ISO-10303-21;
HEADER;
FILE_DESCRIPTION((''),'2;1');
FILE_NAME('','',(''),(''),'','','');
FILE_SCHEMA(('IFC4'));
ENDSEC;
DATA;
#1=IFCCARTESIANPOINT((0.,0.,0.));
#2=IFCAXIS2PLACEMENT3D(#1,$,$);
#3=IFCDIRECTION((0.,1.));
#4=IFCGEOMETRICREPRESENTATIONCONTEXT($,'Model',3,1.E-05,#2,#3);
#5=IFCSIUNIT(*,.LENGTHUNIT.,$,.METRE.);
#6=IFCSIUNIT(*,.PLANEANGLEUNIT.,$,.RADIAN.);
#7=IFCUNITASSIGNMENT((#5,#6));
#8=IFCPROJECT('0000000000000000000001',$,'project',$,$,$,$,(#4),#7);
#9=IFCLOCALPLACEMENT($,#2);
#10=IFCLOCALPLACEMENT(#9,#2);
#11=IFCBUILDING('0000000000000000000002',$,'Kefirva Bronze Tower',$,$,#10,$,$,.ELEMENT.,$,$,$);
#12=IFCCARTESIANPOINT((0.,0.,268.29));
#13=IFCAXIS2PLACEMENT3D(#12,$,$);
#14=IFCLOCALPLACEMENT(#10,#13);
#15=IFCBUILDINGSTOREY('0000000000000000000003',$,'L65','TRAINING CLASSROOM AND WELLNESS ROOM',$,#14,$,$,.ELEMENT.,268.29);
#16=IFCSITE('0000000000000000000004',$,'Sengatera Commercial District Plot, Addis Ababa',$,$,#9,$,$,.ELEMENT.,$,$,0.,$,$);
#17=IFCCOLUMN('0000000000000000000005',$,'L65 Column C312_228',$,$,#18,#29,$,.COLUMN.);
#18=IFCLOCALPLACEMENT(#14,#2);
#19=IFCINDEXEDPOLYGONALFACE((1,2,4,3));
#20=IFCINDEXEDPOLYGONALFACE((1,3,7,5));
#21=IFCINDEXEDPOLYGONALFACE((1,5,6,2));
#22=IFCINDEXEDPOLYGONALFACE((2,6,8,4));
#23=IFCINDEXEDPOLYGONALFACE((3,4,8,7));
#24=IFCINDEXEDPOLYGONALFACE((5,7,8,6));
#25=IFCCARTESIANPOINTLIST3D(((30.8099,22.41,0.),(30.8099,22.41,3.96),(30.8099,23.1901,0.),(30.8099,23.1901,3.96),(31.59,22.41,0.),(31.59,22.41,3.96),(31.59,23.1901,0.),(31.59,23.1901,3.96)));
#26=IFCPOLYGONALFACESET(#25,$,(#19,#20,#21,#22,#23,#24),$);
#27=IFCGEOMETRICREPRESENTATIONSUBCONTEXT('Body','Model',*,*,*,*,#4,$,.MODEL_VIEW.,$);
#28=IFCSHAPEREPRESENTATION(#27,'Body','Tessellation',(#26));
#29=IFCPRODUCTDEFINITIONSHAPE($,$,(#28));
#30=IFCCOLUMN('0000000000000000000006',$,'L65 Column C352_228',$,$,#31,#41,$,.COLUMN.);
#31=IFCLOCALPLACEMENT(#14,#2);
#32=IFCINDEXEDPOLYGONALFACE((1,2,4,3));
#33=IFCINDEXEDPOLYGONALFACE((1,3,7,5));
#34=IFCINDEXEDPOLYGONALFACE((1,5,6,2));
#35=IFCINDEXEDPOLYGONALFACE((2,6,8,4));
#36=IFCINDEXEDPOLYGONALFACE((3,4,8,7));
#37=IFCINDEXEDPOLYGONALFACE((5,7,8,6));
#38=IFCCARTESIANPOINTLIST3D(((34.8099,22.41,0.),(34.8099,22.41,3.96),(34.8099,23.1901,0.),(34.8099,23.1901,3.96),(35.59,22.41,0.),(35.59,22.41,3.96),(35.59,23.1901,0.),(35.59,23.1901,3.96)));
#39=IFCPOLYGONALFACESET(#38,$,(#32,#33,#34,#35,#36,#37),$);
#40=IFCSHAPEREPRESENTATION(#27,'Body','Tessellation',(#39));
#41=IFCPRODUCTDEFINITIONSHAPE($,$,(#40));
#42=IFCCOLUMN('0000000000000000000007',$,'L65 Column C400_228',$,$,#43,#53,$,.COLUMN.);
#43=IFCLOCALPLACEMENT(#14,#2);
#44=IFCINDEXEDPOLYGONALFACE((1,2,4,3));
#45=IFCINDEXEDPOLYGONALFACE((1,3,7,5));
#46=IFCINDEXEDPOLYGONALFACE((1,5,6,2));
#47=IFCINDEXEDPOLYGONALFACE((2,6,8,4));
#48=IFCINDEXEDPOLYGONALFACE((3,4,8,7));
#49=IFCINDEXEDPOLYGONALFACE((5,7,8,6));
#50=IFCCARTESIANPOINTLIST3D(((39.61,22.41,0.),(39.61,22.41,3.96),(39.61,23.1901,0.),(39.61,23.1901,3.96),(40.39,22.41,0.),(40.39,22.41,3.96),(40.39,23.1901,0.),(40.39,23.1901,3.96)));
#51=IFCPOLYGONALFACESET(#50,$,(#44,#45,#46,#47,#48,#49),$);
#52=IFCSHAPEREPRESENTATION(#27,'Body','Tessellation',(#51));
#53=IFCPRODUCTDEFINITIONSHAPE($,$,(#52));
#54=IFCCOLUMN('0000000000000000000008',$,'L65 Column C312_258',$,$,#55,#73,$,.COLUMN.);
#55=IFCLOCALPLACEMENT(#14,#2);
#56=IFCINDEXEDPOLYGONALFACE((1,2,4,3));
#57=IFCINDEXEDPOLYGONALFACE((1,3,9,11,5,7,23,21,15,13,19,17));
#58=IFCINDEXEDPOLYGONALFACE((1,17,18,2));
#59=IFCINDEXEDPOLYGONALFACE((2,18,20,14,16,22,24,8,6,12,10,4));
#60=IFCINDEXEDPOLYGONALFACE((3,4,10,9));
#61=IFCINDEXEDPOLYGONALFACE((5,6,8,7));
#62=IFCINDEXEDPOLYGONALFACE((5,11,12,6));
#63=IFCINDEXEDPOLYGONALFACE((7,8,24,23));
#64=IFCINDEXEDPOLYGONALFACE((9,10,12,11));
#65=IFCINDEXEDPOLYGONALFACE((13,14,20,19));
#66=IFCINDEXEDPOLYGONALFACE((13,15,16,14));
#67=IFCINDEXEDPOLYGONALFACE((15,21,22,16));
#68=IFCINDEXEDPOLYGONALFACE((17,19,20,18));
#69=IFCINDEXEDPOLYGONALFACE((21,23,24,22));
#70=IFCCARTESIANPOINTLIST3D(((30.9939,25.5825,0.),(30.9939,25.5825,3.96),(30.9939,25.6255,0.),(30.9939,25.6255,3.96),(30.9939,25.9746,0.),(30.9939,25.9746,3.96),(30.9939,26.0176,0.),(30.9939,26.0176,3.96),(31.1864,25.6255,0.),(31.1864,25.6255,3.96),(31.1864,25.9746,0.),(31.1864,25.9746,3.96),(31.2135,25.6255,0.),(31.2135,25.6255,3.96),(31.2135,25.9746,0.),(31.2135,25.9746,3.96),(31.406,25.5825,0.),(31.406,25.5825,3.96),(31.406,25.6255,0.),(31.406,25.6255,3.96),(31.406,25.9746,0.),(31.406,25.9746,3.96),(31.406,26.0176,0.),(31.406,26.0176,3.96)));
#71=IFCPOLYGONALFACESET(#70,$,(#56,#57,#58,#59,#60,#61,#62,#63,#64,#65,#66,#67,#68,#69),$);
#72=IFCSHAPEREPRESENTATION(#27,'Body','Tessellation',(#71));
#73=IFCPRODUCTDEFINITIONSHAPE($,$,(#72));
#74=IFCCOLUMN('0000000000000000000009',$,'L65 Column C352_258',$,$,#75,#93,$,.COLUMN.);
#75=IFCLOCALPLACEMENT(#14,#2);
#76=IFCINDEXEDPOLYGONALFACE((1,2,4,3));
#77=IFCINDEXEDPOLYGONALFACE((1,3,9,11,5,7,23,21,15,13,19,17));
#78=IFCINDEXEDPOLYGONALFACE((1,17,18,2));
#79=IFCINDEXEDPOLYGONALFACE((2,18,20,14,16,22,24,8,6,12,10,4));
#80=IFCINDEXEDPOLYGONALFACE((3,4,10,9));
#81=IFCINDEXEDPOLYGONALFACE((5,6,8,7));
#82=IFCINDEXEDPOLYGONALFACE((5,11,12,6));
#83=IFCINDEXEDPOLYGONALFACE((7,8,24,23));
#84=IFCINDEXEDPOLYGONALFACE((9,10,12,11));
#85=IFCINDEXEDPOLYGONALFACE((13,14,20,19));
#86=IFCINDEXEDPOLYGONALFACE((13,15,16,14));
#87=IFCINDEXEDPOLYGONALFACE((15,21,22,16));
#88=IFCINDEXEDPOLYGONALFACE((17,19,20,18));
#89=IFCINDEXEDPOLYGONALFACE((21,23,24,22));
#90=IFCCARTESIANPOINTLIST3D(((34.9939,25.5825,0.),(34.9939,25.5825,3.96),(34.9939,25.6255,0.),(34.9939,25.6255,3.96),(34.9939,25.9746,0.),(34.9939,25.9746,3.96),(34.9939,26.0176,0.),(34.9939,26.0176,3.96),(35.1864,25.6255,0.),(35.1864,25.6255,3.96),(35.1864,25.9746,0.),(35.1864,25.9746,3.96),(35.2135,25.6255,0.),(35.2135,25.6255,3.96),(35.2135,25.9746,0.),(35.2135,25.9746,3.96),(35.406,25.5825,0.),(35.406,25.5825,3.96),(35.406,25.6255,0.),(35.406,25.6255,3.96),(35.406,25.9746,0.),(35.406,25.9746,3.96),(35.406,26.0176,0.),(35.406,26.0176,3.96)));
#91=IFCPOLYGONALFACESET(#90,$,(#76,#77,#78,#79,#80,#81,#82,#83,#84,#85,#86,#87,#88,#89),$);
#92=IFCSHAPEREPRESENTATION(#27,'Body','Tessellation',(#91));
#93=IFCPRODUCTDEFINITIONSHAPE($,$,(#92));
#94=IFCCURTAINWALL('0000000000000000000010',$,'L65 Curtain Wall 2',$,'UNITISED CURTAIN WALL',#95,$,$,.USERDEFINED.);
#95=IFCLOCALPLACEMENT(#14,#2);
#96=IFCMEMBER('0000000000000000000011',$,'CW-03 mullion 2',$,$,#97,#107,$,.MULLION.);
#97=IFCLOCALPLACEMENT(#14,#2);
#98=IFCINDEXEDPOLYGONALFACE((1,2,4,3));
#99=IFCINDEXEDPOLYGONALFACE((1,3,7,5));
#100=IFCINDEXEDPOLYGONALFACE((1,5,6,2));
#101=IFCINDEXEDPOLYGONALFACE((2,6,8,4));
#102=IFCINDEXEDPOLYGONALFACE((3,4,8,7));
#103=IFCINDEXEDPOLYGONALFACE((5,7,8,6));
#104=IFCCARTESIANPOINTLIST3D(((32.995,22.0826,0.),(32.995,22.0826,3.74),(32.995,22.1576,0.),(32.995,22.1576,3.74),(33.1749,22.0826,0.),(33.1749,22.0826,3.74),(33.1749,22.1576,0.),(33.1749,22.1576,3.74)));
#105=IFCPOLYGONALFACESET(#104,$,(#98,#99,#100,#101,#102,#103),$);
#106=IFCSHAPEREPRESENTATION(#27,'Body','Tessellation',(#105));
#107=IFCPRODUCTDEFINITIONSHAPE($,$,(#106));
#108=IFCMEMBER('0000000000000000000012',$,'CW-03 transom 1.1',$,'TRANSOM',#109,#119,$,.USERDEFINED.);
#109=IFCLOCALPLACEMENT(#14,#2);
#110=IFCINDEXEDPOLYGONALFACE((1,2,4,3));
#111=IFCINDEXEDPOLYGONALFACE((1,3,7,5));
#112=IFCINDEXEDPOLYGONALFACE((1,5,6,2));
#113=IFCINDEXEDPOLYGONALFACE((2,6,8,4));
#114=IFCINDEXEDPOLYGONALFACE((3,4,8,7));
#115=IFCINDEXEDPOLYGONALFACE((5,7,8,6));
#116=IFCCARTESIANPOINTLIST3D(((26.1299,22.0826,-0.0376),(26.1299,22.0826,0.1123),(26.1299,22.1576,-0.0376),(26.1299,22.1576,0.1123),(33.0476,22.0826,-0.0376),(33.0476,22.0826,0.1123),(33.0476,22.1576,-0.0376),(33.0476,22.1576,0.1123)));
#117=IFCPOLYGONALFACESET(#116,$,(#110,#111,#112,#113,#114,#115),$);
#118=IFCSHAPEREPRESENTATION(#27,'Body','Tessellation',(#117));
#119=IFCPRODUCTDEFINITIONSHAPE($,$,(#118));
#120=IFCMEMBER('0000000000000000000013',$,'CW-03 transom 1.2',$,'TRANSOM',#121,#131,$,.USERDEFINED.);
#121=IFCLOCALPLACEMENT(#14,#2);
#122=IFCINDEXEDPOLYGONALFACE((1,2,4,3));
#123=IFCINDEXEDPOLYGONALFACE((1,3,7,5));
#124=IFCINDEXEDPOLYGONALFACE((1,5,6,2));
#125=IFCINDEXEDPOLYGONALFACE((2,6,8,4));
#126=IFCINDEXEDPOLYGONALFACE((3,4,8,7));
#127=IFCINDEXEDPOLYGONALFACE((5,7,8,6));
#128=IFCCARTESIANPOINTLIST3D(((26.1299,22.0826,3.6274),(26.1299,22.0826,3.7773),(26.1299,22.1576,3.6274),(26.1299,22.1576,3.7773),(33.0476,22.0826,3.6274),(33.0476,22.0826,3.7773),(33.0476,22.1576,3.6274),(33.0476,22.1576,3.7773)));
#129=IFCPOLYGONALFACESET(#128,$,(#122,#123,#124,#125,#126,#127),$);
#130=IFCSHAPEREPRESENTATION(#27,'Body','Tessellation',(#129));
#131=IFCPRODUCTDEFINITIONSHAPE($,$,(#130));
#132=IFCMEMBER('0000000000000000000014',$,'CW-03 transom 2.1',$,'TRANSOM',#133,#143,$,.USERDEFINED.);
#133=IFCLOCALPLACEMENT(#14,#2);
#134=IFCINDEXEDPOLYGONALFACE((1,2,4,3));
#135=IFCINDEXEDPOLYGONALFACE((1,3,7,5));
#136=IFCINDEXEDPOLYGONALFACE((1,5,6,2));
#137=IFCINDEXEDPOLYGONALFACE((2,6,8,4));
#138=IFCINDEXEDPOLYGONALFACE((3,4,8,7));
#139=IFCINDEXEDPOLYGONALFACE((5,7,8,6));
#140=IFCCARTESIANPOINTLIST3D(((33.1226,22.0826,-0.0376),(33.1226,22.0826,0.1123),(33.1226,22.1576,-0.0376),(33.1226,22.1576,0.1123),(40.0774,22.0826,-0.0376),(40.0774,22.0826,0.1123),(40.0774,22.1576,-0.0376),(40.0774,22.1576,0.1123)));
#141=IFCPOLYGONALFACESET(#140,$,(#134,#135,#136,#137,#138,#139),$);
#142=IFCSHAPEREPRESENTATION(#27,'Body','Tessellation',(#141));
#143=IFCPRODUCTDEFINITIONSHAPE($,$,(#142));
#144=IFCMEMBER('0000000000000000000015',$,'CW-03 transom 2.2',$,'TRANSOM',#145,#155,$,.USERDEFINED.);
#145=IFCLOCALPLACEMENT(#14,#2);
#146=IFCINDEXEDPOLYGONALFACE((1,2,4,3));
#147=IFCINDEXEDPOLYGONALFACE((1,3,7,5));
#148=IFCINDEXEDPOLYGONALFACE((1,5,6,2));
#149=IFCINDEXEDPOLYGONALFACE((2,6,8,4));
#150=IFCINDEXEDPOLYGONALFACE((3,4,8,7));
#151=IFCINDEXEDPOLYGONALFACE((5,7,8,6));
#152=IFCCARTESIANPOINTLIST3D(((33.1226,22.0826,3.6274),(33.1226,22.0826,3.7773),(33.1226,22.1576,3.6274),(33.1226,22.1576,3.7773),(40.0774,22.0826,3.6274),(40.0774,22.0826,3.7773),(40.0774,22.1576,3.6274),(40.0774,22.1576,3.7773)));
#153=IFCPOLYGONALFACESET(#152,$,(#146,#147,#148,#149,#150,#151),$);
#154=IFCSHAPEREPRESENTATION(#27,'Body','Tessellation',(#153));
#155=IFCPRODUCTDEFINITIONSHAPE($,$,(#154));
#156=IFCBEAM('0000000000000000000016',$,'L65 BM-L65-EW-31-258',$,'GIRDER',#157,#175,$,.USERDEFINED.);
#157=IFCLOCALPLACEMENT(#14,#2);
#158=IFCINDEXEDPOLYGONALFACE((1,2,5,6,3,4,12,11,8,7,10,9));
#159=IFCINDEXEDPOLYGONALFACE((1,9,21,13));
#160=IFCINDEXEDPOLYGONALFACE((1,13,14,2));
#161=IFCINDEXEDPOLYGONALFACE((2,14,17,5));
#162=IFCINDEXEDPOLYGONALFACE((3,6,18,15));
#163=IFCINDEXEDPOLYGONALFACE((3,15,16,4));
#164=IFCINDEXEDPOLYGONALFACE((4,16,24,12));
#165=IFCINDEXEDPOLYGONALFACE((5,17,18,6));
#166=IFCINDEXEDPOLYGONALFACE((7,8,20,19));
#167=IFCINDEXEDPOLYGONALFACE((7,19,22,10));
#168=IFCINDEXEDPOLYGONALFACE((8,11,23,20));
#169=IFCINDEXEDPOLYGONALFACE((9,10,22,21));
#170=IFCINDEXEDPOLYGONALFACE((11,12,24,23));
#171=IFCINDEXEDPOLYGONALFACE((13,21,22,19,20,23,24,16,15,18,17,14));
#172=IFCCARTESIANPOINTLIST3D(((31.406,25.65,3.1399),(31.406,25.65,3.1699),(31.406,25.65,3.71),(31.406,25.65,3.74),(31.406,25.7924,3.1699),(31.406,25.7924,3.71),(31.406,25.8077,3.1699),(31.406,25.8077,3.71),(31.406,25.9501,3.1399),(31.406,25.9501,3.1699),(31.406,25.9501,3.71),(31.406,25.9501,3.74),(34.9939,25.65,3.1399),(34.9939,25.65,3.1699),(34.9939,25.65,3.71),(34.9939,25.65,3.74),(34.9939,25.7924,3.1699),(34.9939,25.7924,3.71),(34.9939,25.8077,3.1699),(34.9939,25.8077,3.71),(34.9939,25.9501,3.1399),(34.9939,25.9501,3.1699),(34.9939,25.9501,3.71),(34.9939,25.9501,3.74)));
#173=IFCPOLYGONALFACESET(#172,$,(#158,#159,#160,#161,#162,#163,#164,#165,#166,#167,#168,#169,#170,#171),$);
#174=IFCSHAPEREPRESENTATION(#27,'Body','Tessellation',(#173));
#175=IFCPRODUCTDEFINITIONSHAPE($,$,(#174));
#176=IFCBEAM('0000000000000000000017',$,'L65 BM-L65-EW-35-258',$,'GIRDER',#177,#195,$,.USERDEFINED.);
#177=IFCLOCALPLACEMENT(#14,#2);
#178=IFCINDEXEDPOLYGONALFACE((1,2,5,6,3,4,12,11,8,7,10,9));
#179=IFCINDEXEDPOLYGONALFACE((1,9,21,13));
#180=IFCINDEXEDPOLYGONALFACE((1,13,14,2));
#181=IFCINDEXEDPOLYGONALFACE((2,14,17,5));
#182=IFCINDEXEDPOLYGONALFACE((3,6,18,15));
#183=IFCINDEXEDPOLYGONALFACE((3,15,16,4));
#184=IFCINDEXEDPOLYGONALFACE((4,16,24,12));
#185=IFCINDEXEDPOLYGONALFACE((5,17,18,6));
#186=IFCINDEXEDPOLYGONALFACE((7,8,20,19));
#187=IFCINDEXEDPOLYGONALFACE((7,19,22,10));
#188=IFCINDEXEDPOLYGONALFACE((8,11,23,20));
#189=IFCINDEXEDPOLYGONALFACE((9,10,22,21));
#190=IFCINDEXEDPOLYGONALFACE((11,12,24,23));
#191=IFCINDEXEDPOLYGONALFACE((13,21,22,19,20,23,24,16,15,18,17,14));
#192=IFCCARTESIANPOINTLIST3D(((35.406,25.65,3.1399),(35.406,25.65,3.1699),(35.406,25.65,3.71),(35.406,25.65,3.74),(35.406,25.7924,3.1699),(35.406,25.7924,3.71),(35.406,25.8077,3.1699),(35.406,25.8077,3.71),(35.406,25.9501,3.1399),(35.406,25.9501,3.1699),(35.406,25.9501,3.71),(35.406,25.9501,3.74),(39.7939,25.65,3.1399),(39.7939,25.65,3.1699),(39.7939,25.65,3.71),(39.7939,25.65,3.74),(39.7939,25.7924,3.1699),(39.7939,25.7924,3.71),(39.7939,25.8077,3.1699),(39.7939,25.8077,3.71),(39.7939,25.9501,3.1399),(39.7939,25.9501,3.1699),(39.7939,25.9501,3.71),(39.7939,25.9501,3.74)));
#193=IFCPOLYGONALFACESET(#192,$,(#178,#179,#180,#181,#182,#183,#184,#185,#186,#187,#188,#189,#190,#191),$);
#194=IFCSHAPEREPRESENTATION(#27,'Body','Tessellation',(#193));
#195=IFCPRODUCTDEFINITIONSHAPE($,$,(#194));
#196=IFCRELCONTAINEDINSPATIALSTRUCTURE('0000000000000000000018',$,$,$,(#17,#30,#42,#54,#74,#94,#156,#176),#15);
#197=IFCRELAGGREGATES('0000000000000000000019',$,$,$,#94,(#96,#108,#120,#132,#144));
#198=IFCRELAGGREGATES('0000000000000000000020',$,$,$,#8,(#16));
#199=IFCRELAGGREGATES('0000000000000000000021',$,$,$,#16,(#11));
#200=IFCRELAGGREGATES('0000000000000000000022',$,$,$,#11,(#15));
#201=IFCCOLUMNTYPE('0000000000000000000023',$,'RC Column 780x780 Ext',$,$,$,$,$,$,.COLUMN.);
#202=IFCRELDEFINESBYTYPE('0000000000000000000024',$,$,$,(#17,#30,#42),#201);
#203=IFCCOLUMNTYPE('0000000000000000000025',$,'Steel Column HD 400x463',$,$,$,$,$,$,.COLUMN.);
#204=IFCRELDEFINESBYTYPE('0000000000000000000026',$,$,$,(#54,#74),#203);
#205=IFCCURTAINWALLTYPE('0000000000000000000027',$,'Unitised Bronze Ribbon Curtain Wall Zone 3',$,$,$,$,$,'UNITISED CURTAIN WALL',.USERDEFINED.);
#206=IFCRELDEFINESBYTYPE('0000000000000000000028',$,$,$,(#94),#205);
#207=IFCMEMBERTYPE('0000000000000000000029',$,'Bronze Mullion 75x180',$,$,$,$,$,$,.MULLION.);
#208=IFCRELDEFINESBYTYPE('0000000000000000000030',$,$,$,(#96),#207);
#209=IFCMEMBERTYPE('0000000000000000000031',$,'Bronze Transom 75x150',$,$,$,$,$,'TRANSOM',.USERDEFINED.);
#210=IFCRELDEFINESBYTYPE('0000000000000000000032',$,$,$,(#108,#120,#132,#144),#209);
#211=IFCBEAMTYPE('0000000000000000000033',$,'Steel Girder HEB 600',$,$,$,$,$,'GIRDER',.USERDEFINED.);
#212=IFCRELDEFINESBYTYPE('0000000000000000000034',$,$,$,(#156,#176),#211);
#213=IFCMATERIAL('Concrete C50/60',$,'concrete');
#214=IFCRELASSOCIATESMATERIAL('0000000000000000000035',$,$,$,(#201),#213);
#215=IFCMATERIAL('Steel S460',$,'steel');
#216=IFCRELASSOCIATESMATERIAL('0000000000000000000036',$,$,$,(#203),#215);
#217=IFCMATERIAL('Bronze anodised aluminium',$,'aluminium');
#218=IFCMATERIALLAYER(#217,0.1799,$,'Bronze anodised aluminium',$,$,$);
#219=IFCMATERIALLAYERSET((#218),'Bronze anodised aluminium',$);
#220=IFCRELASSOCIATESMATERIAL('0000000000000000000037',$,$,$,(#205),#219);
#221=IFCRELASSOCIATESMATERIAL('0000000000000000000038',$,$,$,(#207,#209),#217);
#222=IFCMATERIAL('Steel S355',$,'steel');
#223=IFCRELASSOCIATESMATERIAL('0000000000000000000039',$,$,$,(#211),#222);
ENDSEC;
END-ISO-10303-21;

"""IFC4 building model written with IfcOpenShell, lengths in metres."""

from ifc_helpers import new_model, si_unit, direction, frame, origin, origin_2d, place, context, subcontext, project, spatial, rectangle, i_section, extrude, material, layer, layer_set, material_profile, profile_set, type_object, element, aggregate, save


model = new_model("IFC4")

# Units and contexts
model_context = context("Model", 3, precision=1e-05, world=origin(), true_north=direction((0.0, 1.0)))
body_context = subcontext(model_context, "Body", "Model", "MODEL_VIEW")
ifc_project = project(units=[si_unit("LENGTHUNIT", "METRE"), si_unit("PLANEANGLEUNIT", "RADIAN")], contexts=[model_context])

# Site, building, storey
site_placement = place(None, origin())
site = spatial("IfcSite", under=ifc_project, at=site_placement, Name="Sengatera Commercial District Plot, Addis Ababa", CompositionType="ELEMENT", RefElevation=0.0)
building_placement = place(site_placement, origin())
building = spatial("IfcBuilding", under=site, at=building_placement, Name="Kefirva Bronze Tower", CompositionType="ELEMENT")
storey_placement = place(building_placement, frame((0.0, 0.0, 268.29)))
storey = spatial("IfcBuildingStorey", under=building, at=storey_placement, Name="L65", Description="TRAINING CLASSROOM AND WELLNESS ROOM", CompositionType="ELEMENT", Elevation=268.29)

# Columns
ifc_material_1 = material(Name="Concrete C50/60", Category="concrete")
ifc_material_profile_1 = material_profile(ifc_material_1, rectangle(XDim=0.78, YDim=0.78, at=origin_2d()), Name="RC 780x780")
ifc_profile_set_1 = profile_set([ifc_material_profile_1], Name="Concrete C50/60")
column_type_1 = type_object("IfcColumnType", Name="RC Column 780x780 Ext", PredefinedType="COLUMN", material=ifc_profile_set_1)
for number, where, z_axis, x_axis, name in (
    (1, (31.2, 22.8, 0.0), (0.0, 0.0, 1.0), (1.0, 0.0, 0.0), "L65 Column C312_228"),
    (2, (35.2, 22.8, 0.0), (0.0, 0.0, 1.0), (1.0, 0.0, 0.0), "L65 Column C352_228"),
    (3, (40.0, 22.8, 0.0), (0.0, 0.0, 1.0), (1.0, 0.0, 0.0), "L65 Column C400_228"),
):
    element("IfcColumn", number, at=place(storey_placement, frame(where, z_axis=z_axis, x_axis=x_axis)), inside=storey, type_object=column_type_1, Name=name, PredefinedType="COLUMN", context=body_context, shape_type="SweptSolid", body=[
        extrude(rectangle(XDim=0.78, YDim=0.78, at=origin_2d()), origin(), (0.0, 0.0, 1.0), 3.96),
    ])
ifc_material_2 = material(Name="Steel S460", Category="steel")
ifc_material_profile_2 = material_profile(ifc_material_2, i_section(OverallWidth=0.4121, OverallDepth=0.4351, WebThickness=0.0271, FlangeThickness=0.043, at=origin_2d()), Name="HD 400x463")
ifc_profile_set_2 = profile_set([ifc_material_profile_2], Name="Steel S460")
column_type_2 = type_object("IfcColumnType", Name="Steel Column HD 400x463", PredefinedType="COLUMN", material=ifc_profile_set_2)
for number, where, z_axis, x_axis, name in (
    (4, (31.2, 25.8, 0.0), (0.0, 0.0, 1.0), (1.0, 0.0, 0.0), "L65 Column C312_258"),
    (5, (35.2, 25.8, 0.0), (0.0, 0.0, 1.0), (1.0, 0.0, 0.0), "L65 Column C352_258"),
):
    element("IfcColumn", number, at=place(storey_placement, frame(where, z_axis=z_axis, x_axis=x_axis)), inside=storey, type_object=column_type_2, Name=name, PredefinedType="COLUMN", context=body_context, shape_type="SweptSolid", body=[
        extrude(i_section(OverallWidth=0.4121, OverallDepth=0.4351, WebThickness=0.0271, FlangeThickness=0.043, at=origin_2d()), origin(), (0.0, 0.0, 1.0), 3.96),
    ])

# Curtain wall, members
ifc_material_3 = material(Name="Bronze anodised aluminium", Category="aluminium")
ifc_layer_1 = layer(ifc_material_3, 0.1799, Name="Bronze anodised aluminium")
ifc_layer_set_1 = layer_set([ifc_layer_1], Name="Bronze anodised aluminium")
curtain_wall_type = type_object("IfcCurtainWallType", Name="Unitised Bronze Ribbon Curtain Wall Zone 3", ElementType="UNITISED CURTAIN WALL", PredefinedType="USERDEFINED", material=ifc_layer_set_1)
curtain_wall_placement = place(storey_placement, origin())
curtain_wall = element("IfcCurtainWall", 6, at=curtain_wall_placement, inside=storey, type_object=curtain_wall_type, Name="L65 Curtain Wall 2", ObjectType="UNITISED CURTAIN WALL", PredefinedType="USERDEFINED")
ifc_material_profile_3 = material_profile(ifc_material_3, rectangle(XDim=0.075, YDim=0.1799, at=origin_2d()), Name="ALU 75x180")
ifc_profile_set_3 = profile_set([ifc_material_profile_3], Name="Bronze anodised aluminium")
member_type_1 = type_object("IfcMemberType", Name="Bronze Mullion 75x180", PredefinedType="MULLION", material=ifc_profile_set_3)
member_1_placement = place(storey_placement, frame((33.085, 22.1201, 0.0), z_axis=(0.0, 0.0, 1.0), x_axis=(0.0, 1.0, 0.0)))
member_1 = element("IfcMember", 7, at=member_1_placement, type_object=member_type_1, Name="CW-03 mullion 2", PredefinedType="MULLION", context=body_context, shape_type="SweptSolid", body=[
    extrude(rectangle(XDim=0.075, YDim=0.1799, at=origin_2d()), origin(), (0.0, 0.0, 1.0), 3.74),
])
ifc_material_profile_4 = material_profile(ifc_material_3, rectangle(XDim=0.075, YDim=0.1499, at=origin_2d()), Name="ALU 75x150")
ifc_profile_set_4 = profile_set([ifc_material_profile_4], Name="Bronze anodised aluminium")
member_type_2 = type_object("IfcMemberType", Name="Bronze Transom 75x150", ElementType="TRANSOM", PredefinedType="USERDEFINED", material=ifc_profile_set_4)
member_2_placement = place(storey_placement, frame((26.1299, 22.1201, 0.0374), z_axis=(1.0, 0.0, 0.0), x_axis=(0.0, 1.0, 0.0)))
member_2 = element("IfcMember", 8, at=member_2_placement, type_object=member_type_2, Name="CW-03 transom 1.1", ObjectType="TRANSOM", PredefinedType="USERDEFINED", context=body_context, shape_type="SweptSolid", body=[
    extrude(rectangle(XDim=0.075, YDim=0.1499, at=origin_2d()), origin(), (0.0, 0.0, 1.0), 6.9177),
])
member_3_placement = place(storey_placement, frame((26.1299, 22.1201, 3.7024), z_axis=(1.0, 0.0, 0.0), x_axis=(0.0, 1.0, 0.0)))
member_3 = element("IfcMember", 9, at=member_3_placement, type_object=member_type_2, Name="CW-03 transom 1.2", ObjectType="TRANSOM", PredefinedType="USERDEFINED", context=body_context, shape_type="SweptSolid", body=[
    extrude(rectangle(XDim=0.075, YDim=0.1499, at=origin_2d()), origin(), (0.0, 0.0, 1.0), 6.9177),
])
member_4_placement = place(storey_placement, frame((33.1226, 22.1201, 0.0374), z_axis=(1.0, 0.0, 0.0), x_axis=(0.0, 1.0, 0.0)))
member_4 = element("IfcMember", 10, at=member_4_placement, type_object=member_type_2, Name="CW-03 transom 2.1", ObjectType="TRANSOM", PredefinedType="USERDEFINED", context=body_context, shape_type="SweptSolid", body=[
    extrude(rectangle(XDim=0.075, YDim=0.1499, at=origin_2d()), origin(), (0.0, 0.0, 1.0), 6.9548),
])
member_5_placement = place(storey_placement, frame((33.1226, 22.1201, 3.7024), z_axis=(1.0, 0.0, 0.0), x_axis=(0.0, 1.0, 0.0)))
member_5 = element("IfcMember", 11, at=member_5_placement, type_object=member_type_2, Name="CW-03 transom 2.2", ObjectType="TRANSOM", PredefinedType="USERDEFINED", context=body_context, shape_type="SweptSolid", body=[
    extrude(rectangle(XDim=0.075, YDim=0.1499, at=origin_2d()), origin(), (0.0, 0.0, 1.0), 6.9548),
])

# Beams
ifc_material_4 = material(Name="Steel S355", Category="steel")
ifc_material_profile_5 = material_profile(ifc_material_4, i_section(OverallWidth=0.3, OverallDepth=0.6001, WebThickness=0.0154, FlangeThickness=0.03, at=origin_2d()), Name="HEB 600")
ifc_profile_set_5 = profile_set([ifc_material_profile_5], Name="Steel S355")
beam_type = type_object("IfcBeamType", Name="Steel Girder HEB 600", ElementType="GIRDER", PredefinedType="USERDEFINED", material=ifc_profile_set_5)
beam_1_placement = place(storey_placement, frame((31.406, 25.8, 3.4399), z_axis=(1.0, 0.0, 0.0), x_axis=(0.0, 1.0, 0.0)))
element("IfcBeam", 12, at=beam_1_placement, inside=storey, type_object=beam_type, Name="L65 BM-L65-EW-31-258", ObjectType="GIRDER", PredefinedType="USERDEFINED", context=body_context, shape_type="SweptSolid", body=[
    extrude(i_section(OverallWidth=0.3, OverallDepth=0.6001, WebThickness=0.0154, FlangeThickness=0.03, at=origin_2d()), origin(), (0.0, 0.0, 1.0), 3.5879),
])
beam_2_placement = place(storey_placement, frame((35.406, 25.8, 3.4399), z_axis=(1.0, 0.0, 0.0), x_axis=(0.0, 1.0, 0.0)))
element("IfcBeam", 13, at=beam_2_placement, inside=storey, type_object=beam_type, Name="L65 BM-L65-EW-35-258", ObjectType="GIRDER", PredefinedType="USERDEFINED", context=body_context, shape_type="SweptSolid", body=[
    extrude(i_section(OverallWidth=0.3, OverallDepth=0.6001, WebThickness=0.0154, FlangeThickness=0.03, at=origin_2d()), origin(), (0.0, 0.0, 1.0), 4.3879),
])

aggregate(curtain_wall, [member_1, member_2, member_3, member_4, member_5])

save(model, "model.ifc")
